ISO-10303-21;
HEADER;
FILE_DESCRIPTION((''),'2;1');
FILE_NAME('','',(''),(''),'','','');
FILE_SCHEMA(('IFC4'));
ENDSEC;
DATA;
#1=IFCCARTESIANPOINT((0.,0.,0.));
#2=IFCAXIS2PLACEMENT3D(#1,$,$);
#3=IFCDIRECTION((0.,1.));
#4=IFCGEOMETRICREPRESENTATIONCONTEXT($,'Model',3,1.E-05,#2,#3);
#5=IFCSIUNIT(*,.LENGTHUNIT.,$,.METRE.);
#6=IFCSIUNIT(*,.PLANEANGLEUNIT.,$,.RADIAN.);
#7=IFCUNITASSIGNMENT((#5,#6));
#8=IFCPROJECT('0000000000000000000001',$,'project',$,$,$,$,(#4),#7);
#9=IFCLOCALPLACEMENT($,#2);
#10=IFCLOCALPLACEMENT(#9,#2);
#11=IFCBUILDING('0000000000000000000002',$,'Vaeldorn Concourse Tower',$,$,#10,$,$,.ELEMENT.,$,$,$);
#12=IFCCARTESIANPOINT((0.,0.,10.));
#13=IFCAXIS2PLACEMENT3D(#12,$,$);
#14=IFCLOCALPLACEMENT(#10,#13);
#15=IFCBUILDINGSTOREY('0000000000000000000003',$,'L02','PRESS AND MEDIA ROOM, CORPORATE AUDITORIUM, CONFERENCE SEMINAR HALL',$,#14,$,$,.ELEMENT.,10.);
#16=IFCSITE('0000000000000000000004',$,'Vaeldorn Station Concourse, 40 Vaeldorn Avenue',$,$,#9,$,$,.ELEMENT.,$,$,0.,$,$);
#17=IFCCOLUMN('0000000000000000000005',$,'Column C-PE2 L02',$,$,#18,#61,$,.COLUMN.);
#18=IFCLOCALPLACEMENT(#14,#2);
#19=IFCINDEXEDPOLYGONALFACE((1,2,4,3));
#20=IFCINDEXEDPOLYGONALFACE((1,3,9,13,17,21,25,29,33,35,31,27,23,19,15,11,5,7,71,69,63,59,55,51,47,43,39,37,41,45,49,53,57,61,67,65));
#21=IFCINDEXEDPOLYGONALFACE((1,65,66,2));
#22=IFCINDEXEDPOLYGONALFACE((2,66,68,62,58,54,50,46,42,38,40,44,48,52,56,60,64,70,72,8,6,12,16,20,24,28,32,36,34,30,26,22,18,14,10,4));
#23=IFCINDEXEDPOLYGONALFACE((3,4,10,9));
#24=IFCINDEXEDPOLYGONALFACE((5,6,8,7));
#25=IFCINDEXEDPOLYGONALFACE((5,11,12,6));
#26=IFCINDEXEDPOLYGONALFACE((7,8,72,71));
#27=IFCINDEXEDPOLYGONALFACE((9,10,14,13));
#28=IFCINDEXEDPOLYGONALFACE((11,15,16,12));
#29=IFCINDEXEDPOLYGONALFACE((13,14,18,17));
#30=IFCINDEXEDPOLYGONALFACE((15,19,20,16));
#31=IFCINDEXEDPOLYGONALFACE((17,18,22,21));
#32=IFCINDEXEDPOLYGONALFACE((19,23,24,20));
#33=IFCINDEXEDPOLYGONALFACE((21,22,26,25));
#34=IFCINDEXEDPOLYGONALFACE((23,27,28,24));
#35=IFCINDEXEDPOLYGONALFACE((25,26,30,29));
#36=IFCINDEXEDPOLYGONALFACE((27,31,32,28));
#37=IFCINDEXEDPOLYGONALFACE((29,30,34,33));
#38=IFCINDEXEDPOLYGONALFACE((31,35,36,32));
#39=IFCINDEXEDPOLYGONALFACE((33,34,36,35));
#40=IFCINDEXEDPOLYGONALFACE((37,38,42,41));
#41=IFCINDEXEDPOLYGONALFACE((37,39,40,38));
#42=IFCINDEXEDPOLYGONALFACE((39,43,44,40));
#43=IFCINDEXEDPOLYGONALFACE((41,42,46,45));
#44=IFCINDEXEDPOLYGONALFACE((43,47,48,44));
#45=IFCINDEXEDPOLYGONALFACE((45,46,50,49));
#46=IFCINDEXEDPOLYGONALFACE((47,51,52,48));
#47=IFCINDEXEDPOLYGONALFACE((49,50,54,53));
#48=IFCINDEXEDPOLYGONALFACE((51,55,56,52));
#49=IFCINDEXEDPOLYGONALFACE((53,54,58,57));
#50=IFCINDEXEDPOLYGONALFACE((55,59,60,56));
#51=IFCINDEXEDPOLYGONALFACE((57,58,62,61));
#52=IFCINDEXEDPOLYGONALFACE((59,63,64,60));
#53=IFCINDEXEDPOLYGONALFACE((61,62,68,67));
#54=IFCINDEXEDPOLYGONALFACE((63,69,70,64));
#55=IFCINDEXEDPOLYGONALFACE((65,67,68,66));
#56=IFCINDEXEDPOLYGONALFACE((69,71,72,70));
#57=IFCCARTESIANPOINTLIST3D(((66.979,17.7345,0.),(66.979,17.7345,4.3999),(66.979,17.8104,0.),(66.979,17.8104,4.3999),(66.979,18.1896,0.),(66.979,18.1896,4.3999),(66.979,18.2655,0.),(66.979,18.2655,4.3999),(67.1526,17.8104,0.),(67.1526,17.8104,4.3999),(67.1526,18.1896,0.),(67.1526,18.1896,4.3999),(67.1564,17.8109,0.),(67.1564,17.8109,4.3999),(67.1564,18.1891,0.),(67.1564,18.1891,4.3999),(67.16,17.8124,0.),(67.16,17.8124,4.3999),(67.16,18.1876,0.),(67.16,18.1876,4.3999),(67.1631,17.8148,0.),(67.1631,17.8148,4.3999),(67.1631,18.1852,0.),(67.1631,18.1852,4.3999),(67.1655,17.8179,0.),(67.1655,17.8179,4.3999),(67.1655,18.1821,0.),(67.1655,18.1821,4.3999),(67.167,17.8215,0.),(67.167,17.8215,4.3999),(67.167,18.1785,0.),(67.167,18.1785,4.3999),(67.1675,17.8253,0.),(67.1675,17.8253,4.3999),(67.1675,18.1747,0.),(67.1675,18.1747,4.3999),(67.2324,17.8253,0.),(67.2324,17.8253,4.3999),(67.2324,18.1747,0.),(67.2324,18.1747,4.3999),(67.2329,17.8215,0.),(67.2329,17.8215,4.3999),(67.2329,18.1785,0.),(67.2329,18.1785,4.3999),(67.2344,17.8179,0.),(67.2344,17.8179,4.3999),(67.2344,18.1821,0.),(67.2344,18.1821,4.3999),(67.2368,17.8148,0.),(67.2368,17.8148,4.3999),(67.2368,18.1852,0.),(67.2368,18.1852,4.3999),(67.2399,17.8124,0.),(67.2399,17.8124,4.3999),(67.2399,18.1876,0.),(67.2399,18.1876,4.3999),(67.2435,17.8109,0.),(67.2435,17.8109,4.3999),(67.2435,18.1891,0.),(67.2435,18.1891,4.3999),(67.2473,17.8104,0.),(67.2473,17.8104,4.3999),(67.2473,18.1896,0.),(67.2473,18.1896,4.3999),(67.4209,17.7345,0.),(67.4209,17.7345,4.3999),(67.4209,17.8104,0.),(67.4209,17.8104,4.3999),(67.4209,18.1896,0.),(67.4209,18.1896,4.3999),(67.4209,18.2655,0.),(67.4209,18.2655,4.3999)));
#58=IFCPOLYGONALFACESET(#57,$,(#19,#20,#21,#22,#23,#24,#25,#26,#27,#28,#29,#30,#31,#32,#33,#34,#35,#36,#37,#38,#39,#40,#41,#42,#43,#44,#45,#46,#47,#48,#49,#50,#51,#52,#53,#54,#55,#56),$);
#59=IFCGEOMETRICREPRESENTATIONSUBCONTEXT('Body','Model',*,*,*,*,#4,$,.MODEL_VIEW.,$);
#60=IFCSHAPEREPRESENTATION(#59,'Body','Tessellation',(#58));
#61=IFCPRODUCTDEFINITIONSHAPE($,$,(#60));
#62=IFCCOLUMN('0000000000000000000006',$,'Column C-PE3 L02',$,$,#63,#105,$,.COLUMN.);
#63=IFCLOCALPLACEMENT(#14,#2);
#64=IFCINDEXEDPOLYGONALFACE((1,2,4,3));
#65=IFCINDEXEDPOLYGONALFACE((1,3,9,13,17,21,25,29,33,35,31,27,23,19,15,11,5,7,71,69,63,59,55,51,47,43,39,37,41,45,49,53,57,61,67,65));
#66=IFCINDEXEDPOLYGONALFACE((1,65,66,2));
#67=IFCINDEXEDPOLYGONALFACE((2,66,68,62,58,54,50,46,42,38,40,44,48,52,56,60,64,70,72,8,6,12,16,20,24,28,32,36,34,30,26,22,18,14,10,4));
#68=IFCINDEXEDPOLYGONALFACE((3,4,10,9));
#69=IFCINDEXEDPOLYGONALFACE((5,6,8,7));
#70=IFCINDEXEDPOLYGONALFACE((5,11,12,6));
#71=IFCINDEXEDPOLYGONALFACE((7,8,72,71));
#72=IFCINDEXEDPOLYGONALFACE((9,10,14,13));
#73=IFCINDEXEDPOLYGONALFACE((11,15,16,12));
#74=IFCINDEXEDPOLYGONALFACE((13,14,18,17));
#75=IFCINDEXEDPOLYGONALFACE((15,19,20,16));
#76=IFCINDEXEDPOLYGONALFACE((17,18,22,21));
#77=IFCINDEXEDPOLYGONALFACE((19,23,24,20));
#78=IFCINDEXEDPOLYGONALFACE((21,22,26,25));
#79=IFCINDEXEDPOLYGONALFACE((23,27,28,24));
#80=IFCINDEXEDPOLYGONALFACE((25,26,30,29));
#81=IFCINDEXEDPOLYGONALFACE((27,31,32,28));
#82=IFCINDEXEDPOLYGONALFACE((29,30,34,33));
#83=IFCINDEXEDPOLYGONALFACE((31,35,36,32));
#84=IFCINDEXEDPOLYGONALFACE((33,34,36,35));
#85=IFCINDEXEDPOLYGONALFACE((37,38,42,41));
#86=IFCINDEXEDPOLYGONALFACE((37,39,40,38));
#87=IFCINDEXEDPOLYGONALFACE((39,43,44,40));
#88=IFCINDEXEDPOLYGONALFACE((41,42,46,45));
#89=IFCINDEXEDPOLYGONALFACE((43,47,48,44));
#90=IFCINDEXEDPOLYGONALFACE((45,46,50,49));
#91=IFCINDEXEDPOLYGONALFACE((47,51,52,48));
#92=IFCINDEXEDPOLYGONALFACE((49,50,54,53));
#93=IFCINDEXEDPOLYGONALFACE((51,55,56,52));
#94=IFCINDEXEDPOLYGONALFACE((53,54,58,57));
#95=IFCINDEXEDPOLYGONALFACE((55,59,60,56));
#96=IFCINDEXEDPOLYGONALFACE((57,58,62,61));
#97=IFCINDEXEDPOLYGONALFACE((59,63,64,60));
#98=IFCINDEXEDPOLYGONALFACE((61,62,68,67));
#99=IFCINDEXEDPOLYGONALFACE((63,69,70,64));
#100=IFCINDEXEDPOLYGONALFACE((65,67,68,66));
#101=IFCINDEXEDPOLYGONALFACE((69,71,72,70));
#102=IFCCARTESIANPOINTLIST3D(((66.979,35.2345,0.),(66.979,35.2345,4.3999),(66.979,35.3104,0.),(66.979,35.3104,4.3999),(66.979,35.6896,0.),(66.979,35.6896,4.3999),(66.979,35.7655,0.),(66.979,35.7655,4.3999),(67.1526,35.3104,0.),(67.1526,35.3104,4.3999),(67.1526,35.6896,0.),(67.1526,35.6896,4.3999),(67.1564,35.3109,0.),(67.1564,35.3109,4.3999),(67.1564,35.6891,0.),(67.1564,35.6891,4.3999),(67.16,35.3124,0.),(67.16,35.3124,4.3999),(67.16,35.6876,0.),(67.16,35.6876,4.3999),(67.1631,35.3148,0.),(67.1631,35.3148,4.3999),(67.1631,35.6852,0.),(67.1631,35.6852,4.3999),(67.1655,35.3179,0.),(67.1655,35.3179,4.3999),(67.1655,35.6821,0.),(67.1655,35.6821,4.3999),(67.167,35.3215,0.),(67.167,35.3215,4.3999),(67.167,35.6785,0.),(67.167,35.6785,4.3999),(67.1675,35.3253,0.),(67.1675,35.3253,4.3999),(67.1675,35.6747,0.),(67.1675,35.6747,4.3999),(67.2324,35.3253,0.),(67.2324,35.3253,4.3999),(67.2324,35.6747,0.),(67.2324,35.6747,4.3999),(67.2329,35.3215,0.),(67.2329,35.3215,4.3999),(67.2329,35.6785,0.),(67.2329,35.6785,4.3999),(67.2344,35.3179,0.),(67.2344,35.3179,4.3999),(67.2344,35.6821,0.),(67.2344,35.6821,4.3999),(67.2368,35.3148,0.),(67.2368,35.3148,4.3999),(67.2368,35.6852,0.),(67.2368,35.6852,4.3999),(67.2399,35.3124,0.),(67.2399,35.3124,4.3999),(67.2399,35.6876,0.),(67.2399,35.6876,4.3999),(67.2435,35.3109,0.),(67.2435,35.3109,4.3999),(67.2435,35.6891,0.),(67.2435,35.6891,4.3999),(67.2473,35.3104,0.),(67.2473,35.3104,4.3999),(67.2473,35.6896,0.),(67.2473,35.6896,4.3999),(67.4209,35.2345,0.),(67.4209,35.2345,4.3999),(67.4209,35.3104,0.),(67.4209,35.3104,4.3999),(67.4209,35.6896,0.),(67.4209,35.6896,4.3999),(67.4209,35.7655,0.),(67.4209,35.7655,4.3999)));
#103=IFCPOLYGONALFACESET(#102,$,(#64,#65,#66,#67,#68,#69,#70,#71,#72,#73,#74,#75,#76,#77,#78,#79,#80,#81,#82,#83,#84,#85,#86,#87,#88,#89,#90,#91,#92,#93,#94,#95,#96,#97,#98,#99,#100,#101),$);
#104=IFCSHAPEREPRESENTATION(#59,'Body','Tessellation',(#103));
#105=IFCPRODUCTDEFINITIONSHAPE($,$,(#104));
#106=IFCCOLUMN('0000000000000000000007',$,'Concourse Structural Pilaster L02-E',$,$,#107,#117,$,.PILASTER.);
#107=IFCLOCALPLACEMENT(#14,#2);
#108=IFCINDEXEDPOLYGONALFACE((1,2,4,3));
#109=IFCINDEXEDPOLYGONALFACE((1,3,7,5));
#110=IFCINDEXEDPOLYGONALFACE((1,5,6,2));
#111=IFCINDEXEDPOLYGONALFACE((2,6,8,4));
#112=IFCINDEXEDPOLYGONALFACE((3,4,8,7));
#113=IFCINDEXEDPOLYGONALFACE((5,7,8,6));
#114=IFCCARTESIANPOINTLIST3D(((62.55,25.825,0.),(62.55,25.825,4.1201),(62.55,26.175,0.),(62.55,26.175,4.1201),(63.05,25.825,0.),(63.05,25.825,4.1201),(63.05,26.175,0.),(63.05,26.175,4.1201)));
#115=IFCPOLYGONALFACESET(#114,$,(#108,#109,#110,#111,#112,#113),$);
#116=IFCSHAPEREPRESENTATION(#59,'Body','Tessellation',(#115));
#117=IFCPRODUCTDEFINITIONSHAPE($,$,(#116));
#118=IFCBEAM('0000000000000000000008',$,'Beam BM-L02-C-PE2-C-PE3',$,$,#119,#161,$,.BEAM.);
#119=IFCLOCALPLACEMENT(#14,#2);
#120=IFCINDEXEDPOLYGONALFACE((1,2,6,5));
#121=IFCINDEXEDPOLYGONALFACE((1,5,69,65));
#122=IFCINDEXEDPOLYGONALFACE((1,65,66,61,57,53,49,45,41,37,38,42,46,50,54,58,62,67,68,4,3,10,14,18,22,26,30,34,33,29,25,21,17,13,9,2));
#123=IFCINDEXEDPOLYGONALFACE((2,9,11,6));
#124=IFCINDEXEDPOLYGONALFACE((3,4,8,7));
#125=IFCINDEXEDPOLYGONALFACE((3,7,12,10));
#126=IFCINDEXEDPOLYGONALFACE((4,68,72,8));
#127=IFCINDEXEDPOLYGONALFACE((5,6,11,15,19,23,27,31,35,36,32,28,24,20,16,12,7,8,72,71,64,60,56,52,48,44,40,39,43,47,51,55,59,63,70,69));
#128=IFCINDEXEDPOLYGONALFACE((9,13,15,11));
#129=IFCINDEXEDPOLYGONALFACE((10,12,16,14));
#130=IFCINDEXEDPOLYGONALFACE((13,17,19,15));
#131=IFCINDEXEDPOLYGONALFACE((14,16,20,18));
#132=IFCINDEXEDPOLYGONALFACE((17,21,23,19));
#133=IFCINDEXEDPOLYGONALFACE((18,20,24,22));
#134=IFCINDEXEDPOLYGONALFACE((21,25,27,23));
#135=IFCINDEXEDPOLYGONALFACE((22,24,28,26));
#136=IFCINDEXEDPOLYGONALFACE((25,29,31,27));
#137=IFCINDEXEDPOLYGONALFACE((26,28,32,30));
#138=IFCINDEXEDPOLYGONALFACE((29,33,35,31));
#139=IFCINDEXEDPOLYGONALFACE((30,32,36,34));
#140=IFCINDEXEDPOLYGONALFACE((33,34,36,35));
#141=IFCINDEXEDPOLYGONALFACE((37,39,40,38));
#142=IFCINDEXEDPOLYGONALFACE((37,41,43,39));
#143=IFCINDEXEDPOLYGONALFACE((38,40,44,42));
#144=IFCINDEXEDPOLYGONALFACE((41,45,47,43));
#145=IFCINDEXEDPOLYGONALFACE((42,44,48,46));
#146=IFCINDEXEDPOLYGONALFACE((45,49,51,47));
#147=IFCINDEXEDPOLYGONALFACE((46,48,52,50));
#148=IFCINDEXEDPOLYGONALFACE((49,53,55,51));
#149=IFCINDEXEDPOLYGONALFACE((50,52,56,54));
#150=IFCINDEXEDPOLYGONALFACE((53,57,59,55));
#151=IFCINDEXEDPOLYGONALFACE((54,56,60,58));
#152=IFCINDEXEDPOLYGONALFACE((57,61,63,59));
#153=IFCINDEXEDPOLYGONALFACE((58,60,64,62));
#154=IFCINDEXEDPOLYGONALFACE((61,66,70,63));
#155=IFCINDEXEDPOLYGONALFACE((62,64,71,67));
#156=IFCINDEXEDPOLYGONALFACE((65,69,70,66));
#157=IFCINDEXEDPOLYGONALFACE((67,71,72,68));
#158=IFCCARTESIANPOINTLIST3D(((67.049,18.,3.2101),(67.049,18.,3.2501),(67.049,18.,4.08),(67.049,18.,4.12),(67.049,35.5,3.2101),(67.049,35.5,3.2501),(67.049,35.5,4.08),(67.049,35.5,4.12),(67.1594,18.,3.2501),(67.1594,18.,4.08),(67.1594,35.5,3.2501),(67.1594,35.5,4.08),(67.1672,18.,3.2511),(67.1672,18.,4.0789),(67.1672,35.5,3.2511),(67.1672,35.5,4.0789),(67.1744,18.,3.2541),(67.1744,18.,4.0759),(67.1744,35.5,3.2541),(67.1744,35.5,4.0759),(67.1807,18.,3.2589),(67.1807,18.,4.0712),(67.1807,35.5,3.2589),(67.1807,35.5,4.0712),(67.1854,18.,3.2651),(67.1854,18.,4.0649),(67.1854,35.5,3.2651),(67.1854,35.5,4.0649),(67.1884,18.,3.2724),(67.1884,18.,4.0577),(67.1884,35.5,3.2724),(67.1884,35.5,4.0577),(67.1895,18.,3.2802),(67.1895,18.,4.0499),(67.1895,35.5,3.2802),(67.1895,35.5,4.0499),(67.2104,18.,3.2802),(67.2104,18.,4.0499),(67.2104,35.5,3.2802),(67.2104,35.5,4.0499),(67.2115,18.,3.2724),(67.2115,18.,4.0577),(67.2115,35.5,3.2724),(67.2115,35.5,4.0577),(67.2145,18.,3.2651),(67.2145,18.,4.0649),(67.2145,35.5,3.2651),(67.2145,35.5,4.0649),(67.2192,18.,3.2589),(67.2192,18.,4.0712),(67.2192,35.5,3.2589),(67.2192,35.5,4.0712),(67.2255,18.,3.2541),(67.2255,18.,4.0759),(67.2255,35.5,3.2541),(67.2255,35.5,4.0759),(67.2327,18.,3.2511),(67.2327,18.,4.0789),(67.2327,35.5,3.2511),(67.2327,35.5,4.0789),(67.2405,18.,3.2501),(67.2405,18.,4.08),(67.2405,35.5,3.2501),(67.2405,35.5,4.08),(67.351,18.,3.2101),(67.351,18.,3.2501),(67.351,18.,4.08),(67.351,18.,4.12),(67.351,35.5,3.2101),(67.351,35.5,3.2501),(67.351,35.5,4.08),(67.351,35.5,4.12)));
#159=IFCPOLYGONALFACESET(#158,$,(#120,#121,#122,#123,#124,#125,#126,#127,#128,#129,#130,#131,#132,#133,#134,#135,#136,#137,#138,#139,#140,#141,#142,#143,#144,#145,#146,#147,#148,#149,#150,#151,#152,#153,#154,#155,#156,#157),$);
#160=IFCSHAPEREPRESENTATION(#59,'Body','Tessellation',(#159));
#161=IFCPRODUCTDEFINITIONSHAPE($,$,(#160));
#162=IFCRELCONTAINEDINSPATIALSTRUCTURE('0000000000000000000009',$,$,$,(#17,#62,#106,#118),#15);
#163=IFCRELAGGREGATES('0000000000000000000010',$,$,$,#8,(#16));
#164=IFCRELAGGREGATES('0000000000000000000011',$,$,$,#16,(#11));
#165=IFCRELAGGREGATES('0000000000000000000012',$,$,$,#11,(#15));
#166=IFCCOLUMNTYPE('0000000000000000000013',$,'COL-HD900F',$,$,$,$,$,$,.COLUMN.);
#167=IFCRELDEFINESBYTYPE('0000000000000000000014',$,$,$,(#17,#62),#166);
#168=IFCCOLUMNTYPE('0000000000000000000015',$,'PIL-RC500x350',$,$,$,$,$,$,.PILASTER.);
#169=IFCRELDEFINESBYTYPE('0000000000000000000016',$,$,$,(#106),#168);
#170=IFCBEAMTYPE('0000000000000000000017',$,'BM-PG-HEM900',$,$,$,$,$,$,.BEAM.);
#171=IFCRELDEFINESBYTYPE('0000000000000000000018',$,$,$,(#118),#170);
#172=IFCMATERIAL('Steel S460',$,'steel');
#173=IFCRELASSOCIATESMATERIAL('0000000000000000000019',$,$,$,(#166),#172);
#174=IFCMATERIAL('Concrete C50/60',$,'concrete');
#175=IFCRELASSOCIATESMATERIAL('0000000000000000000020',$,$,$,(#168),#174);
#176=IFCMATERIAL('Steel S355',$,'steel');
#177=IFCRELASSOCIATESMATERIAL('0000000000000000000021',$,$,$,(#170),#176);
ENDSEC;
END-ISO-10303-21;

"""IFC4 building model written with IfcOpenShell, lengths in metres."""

from ifc_helpers import new_model, si_unit, direction, frame, origin, origin_2d, place, context, subcontext, project, spatial, rectangle, i_section, extrude, source, transform, mapped, material, material_profile, profile_set, type_object, element, save


model = new_model("IFC4")

# Units and contexts
model_context = context("Model", 3, precision=1e-05, world=origin(), true_north=direction((0.0, 1.0)))
body_context = subcontext(model_context, "Body", "Model", "MODEL_VIEW")
ifc_project = project(units=[si_unit("LENGTHUNIT", "METRE"), si_unit("PLANEANGLEUNIT", "RADIAN")], contexts=[model_context])

# Site, building, storey
site_placement = place(None, origin())
site = spatial("IfcSite", under=ifc_project, at=site_placement, Name="Vaeldorn Station Concourse, 40 Vaeldorn Avenue", CompositionType="ELEMENT", RefElevation=0.0)
building_placement = place(site_placement, origin())
building = spatial("IfcBuilding", under=site, at=building_placement, Name="Vaeldorn Concourse Tower", CompositionType="ELEMENT")
storey_placement = place(building_placement, frame((0.0, 0.0, 10.0)))
storey = spatial("IfcBuildingStorey", under=building, at=storey_placement, Name="L02", Description="PRESS AND MEDIA ROOM, CORPORATE AUDITORIUM, CONFERENCE SEMINAR HALL", CompositionType="ELEMENT", Elevation=10.0)

# Columns
ifc_material_1 = material(Name="Steel S460", Category="steel")
ifc_material_profile_1 = material_profile(ifc_material_1, i_section(OverallWidth=0.4419, OverallDepth=0.531, WebThickness=0.0649, FlangeThickness=0.0759, FilletRadius=0.0149, at=origin_2d()), Name="HD 400x900")
ifc_profile_set_1 = profile_set([ifc_material_profile_1], Name="Steel S460")
column_type_1 = type_object("IfcColumnType", Name="COL-HD900F", PredefinedType="COLUMN", material=ifc_profile_set_1)
shared_shape_1 = source(origin(), body_context, "Body", "SweptSolid", [
    extrude(i_section(OverallWidth=0.4419, OverallDepth=0.531, WebThickness=0.0649, FlangeThickness=0.0759, FilletRadius=0.0149, at=origin_2d()), origin(), (0.0, 0.0, 1.0), 4.3999),
])
for number, where, z_axis, x_axis, name in (
    (1, (67.2, 18.0, 0.0), (0.0, 0.0, 1.0), (1.0, 0.0, 0.0), "Column C-PE2 L02"),
    (2, (67.2, 35.5, 0.0), (0.0, 0.0, 1.0), (1.0, 0.0, 0.0), "Column C-PE3 L02"),
):
    element("IfcColumn", number, at=place(storey_placement, frame(where, z_axis=z_axis, x_axis=x_axis)), inside=storey, type_object=column_type_1, Name=name, PredefinedType="COLUMN", context=body_context, shape_type="MappedRepresentation", body=[
        mapped(shared_shape_1, transform((0.0, 0.0, 0.0), scale=1.0)),
    ])
ifc_material_2 = material(Name="Concrete C50/60", Category="concrete")
ifc_material_profile_2 = material_profile(ifc_material_2, rectangle(XDim=0.5, YDim=0.3501, at=origin_2d()), Name="RC 500x350")
ifc_profile_set_2 = profile_set([ifc_material_profile_2], Name="Concrete C50/60")
column_type_2 = type_object("IfcColumnType", Name="PIL-RC500x350", PredefinedType="PILASTER", material=ifc_profile_set_2)
shared_shape_2 = source(origin(), body_context, "Body", "SweptSolid", [
    extrude(rectangle(XDim=0.5, YDim=0.3501, at=origin_2d()), origin(), (0.0, 0.0, 1.0), 4.1201),
])
column_placement = place(storey_placement, frame((62.8, 26.0, 0.0), z_axis=(0.0, 0.0, 1.0), x_axis=(1.0, 0.0, 0.0)))
element("IfcColumn", 3, at=column_placement, inside=storey, type_object=column_type_2, Name="Concourse Structural Pilaster L02-E", PredefinedType="PILASTER", context=body_context, shape_type="MappedRepresentation", body=[
    mapped(shared_shape_2, transform((0.0, 0.0, 0.0), scale=1.0)),
])

# Beam
ifc_material_3 = material(Name="Steel S355", Category="steel")
ifc_material_profile_3 = material_profile(ifc_material_3, i_section(OverallWidth=0.302, OverallDepth=0.9099, WebThickness=0.021, FlangeThickness=0.04, FilletRadius=0.03, at=origin_2d()), Name="HEM 900")
ifc_profile_set_3 = profile_set([ifc_material_profile_3], Name="Steel S355")
beam_type = type_object("IfcBeamType", Name="BM-PG-HEM900", PredefinedType="BEAM", material=ifc_profile_set_3)
shared_shape_3 = source(origin(), body_context, "Body", "SweptSolid", [
    extrude(i_section(OverallWidth=0.302, OverallDepth=0.9099, WebThickness=0.021, FlangeThickness=0.04, FilletRadius=0.03, at=origin_2d()), origin(), (0.0, 0.0, 1.0), 17.5),
])
beam_1_placement = place(storey_placement, frame((67.2, 18.0, 3.665), z_axis=(0.0, 1.0, 0.0), x_axis=(-1.0, 0.0, 0.0)))
element("IfcBeam", 4, at=beam_1_placement, inside=storey, type_object=beam_type, Name="Beam BM-L02-C-PE2-C-PE3", PredefinedType="BEAM", context=body_context, shape_type="MappedRepresentation", body=[
    mapped(shared_shape_3, transform((0.0, 0.0, 0.0), scale=1.0)),
])

save(model, "model.ifc")
